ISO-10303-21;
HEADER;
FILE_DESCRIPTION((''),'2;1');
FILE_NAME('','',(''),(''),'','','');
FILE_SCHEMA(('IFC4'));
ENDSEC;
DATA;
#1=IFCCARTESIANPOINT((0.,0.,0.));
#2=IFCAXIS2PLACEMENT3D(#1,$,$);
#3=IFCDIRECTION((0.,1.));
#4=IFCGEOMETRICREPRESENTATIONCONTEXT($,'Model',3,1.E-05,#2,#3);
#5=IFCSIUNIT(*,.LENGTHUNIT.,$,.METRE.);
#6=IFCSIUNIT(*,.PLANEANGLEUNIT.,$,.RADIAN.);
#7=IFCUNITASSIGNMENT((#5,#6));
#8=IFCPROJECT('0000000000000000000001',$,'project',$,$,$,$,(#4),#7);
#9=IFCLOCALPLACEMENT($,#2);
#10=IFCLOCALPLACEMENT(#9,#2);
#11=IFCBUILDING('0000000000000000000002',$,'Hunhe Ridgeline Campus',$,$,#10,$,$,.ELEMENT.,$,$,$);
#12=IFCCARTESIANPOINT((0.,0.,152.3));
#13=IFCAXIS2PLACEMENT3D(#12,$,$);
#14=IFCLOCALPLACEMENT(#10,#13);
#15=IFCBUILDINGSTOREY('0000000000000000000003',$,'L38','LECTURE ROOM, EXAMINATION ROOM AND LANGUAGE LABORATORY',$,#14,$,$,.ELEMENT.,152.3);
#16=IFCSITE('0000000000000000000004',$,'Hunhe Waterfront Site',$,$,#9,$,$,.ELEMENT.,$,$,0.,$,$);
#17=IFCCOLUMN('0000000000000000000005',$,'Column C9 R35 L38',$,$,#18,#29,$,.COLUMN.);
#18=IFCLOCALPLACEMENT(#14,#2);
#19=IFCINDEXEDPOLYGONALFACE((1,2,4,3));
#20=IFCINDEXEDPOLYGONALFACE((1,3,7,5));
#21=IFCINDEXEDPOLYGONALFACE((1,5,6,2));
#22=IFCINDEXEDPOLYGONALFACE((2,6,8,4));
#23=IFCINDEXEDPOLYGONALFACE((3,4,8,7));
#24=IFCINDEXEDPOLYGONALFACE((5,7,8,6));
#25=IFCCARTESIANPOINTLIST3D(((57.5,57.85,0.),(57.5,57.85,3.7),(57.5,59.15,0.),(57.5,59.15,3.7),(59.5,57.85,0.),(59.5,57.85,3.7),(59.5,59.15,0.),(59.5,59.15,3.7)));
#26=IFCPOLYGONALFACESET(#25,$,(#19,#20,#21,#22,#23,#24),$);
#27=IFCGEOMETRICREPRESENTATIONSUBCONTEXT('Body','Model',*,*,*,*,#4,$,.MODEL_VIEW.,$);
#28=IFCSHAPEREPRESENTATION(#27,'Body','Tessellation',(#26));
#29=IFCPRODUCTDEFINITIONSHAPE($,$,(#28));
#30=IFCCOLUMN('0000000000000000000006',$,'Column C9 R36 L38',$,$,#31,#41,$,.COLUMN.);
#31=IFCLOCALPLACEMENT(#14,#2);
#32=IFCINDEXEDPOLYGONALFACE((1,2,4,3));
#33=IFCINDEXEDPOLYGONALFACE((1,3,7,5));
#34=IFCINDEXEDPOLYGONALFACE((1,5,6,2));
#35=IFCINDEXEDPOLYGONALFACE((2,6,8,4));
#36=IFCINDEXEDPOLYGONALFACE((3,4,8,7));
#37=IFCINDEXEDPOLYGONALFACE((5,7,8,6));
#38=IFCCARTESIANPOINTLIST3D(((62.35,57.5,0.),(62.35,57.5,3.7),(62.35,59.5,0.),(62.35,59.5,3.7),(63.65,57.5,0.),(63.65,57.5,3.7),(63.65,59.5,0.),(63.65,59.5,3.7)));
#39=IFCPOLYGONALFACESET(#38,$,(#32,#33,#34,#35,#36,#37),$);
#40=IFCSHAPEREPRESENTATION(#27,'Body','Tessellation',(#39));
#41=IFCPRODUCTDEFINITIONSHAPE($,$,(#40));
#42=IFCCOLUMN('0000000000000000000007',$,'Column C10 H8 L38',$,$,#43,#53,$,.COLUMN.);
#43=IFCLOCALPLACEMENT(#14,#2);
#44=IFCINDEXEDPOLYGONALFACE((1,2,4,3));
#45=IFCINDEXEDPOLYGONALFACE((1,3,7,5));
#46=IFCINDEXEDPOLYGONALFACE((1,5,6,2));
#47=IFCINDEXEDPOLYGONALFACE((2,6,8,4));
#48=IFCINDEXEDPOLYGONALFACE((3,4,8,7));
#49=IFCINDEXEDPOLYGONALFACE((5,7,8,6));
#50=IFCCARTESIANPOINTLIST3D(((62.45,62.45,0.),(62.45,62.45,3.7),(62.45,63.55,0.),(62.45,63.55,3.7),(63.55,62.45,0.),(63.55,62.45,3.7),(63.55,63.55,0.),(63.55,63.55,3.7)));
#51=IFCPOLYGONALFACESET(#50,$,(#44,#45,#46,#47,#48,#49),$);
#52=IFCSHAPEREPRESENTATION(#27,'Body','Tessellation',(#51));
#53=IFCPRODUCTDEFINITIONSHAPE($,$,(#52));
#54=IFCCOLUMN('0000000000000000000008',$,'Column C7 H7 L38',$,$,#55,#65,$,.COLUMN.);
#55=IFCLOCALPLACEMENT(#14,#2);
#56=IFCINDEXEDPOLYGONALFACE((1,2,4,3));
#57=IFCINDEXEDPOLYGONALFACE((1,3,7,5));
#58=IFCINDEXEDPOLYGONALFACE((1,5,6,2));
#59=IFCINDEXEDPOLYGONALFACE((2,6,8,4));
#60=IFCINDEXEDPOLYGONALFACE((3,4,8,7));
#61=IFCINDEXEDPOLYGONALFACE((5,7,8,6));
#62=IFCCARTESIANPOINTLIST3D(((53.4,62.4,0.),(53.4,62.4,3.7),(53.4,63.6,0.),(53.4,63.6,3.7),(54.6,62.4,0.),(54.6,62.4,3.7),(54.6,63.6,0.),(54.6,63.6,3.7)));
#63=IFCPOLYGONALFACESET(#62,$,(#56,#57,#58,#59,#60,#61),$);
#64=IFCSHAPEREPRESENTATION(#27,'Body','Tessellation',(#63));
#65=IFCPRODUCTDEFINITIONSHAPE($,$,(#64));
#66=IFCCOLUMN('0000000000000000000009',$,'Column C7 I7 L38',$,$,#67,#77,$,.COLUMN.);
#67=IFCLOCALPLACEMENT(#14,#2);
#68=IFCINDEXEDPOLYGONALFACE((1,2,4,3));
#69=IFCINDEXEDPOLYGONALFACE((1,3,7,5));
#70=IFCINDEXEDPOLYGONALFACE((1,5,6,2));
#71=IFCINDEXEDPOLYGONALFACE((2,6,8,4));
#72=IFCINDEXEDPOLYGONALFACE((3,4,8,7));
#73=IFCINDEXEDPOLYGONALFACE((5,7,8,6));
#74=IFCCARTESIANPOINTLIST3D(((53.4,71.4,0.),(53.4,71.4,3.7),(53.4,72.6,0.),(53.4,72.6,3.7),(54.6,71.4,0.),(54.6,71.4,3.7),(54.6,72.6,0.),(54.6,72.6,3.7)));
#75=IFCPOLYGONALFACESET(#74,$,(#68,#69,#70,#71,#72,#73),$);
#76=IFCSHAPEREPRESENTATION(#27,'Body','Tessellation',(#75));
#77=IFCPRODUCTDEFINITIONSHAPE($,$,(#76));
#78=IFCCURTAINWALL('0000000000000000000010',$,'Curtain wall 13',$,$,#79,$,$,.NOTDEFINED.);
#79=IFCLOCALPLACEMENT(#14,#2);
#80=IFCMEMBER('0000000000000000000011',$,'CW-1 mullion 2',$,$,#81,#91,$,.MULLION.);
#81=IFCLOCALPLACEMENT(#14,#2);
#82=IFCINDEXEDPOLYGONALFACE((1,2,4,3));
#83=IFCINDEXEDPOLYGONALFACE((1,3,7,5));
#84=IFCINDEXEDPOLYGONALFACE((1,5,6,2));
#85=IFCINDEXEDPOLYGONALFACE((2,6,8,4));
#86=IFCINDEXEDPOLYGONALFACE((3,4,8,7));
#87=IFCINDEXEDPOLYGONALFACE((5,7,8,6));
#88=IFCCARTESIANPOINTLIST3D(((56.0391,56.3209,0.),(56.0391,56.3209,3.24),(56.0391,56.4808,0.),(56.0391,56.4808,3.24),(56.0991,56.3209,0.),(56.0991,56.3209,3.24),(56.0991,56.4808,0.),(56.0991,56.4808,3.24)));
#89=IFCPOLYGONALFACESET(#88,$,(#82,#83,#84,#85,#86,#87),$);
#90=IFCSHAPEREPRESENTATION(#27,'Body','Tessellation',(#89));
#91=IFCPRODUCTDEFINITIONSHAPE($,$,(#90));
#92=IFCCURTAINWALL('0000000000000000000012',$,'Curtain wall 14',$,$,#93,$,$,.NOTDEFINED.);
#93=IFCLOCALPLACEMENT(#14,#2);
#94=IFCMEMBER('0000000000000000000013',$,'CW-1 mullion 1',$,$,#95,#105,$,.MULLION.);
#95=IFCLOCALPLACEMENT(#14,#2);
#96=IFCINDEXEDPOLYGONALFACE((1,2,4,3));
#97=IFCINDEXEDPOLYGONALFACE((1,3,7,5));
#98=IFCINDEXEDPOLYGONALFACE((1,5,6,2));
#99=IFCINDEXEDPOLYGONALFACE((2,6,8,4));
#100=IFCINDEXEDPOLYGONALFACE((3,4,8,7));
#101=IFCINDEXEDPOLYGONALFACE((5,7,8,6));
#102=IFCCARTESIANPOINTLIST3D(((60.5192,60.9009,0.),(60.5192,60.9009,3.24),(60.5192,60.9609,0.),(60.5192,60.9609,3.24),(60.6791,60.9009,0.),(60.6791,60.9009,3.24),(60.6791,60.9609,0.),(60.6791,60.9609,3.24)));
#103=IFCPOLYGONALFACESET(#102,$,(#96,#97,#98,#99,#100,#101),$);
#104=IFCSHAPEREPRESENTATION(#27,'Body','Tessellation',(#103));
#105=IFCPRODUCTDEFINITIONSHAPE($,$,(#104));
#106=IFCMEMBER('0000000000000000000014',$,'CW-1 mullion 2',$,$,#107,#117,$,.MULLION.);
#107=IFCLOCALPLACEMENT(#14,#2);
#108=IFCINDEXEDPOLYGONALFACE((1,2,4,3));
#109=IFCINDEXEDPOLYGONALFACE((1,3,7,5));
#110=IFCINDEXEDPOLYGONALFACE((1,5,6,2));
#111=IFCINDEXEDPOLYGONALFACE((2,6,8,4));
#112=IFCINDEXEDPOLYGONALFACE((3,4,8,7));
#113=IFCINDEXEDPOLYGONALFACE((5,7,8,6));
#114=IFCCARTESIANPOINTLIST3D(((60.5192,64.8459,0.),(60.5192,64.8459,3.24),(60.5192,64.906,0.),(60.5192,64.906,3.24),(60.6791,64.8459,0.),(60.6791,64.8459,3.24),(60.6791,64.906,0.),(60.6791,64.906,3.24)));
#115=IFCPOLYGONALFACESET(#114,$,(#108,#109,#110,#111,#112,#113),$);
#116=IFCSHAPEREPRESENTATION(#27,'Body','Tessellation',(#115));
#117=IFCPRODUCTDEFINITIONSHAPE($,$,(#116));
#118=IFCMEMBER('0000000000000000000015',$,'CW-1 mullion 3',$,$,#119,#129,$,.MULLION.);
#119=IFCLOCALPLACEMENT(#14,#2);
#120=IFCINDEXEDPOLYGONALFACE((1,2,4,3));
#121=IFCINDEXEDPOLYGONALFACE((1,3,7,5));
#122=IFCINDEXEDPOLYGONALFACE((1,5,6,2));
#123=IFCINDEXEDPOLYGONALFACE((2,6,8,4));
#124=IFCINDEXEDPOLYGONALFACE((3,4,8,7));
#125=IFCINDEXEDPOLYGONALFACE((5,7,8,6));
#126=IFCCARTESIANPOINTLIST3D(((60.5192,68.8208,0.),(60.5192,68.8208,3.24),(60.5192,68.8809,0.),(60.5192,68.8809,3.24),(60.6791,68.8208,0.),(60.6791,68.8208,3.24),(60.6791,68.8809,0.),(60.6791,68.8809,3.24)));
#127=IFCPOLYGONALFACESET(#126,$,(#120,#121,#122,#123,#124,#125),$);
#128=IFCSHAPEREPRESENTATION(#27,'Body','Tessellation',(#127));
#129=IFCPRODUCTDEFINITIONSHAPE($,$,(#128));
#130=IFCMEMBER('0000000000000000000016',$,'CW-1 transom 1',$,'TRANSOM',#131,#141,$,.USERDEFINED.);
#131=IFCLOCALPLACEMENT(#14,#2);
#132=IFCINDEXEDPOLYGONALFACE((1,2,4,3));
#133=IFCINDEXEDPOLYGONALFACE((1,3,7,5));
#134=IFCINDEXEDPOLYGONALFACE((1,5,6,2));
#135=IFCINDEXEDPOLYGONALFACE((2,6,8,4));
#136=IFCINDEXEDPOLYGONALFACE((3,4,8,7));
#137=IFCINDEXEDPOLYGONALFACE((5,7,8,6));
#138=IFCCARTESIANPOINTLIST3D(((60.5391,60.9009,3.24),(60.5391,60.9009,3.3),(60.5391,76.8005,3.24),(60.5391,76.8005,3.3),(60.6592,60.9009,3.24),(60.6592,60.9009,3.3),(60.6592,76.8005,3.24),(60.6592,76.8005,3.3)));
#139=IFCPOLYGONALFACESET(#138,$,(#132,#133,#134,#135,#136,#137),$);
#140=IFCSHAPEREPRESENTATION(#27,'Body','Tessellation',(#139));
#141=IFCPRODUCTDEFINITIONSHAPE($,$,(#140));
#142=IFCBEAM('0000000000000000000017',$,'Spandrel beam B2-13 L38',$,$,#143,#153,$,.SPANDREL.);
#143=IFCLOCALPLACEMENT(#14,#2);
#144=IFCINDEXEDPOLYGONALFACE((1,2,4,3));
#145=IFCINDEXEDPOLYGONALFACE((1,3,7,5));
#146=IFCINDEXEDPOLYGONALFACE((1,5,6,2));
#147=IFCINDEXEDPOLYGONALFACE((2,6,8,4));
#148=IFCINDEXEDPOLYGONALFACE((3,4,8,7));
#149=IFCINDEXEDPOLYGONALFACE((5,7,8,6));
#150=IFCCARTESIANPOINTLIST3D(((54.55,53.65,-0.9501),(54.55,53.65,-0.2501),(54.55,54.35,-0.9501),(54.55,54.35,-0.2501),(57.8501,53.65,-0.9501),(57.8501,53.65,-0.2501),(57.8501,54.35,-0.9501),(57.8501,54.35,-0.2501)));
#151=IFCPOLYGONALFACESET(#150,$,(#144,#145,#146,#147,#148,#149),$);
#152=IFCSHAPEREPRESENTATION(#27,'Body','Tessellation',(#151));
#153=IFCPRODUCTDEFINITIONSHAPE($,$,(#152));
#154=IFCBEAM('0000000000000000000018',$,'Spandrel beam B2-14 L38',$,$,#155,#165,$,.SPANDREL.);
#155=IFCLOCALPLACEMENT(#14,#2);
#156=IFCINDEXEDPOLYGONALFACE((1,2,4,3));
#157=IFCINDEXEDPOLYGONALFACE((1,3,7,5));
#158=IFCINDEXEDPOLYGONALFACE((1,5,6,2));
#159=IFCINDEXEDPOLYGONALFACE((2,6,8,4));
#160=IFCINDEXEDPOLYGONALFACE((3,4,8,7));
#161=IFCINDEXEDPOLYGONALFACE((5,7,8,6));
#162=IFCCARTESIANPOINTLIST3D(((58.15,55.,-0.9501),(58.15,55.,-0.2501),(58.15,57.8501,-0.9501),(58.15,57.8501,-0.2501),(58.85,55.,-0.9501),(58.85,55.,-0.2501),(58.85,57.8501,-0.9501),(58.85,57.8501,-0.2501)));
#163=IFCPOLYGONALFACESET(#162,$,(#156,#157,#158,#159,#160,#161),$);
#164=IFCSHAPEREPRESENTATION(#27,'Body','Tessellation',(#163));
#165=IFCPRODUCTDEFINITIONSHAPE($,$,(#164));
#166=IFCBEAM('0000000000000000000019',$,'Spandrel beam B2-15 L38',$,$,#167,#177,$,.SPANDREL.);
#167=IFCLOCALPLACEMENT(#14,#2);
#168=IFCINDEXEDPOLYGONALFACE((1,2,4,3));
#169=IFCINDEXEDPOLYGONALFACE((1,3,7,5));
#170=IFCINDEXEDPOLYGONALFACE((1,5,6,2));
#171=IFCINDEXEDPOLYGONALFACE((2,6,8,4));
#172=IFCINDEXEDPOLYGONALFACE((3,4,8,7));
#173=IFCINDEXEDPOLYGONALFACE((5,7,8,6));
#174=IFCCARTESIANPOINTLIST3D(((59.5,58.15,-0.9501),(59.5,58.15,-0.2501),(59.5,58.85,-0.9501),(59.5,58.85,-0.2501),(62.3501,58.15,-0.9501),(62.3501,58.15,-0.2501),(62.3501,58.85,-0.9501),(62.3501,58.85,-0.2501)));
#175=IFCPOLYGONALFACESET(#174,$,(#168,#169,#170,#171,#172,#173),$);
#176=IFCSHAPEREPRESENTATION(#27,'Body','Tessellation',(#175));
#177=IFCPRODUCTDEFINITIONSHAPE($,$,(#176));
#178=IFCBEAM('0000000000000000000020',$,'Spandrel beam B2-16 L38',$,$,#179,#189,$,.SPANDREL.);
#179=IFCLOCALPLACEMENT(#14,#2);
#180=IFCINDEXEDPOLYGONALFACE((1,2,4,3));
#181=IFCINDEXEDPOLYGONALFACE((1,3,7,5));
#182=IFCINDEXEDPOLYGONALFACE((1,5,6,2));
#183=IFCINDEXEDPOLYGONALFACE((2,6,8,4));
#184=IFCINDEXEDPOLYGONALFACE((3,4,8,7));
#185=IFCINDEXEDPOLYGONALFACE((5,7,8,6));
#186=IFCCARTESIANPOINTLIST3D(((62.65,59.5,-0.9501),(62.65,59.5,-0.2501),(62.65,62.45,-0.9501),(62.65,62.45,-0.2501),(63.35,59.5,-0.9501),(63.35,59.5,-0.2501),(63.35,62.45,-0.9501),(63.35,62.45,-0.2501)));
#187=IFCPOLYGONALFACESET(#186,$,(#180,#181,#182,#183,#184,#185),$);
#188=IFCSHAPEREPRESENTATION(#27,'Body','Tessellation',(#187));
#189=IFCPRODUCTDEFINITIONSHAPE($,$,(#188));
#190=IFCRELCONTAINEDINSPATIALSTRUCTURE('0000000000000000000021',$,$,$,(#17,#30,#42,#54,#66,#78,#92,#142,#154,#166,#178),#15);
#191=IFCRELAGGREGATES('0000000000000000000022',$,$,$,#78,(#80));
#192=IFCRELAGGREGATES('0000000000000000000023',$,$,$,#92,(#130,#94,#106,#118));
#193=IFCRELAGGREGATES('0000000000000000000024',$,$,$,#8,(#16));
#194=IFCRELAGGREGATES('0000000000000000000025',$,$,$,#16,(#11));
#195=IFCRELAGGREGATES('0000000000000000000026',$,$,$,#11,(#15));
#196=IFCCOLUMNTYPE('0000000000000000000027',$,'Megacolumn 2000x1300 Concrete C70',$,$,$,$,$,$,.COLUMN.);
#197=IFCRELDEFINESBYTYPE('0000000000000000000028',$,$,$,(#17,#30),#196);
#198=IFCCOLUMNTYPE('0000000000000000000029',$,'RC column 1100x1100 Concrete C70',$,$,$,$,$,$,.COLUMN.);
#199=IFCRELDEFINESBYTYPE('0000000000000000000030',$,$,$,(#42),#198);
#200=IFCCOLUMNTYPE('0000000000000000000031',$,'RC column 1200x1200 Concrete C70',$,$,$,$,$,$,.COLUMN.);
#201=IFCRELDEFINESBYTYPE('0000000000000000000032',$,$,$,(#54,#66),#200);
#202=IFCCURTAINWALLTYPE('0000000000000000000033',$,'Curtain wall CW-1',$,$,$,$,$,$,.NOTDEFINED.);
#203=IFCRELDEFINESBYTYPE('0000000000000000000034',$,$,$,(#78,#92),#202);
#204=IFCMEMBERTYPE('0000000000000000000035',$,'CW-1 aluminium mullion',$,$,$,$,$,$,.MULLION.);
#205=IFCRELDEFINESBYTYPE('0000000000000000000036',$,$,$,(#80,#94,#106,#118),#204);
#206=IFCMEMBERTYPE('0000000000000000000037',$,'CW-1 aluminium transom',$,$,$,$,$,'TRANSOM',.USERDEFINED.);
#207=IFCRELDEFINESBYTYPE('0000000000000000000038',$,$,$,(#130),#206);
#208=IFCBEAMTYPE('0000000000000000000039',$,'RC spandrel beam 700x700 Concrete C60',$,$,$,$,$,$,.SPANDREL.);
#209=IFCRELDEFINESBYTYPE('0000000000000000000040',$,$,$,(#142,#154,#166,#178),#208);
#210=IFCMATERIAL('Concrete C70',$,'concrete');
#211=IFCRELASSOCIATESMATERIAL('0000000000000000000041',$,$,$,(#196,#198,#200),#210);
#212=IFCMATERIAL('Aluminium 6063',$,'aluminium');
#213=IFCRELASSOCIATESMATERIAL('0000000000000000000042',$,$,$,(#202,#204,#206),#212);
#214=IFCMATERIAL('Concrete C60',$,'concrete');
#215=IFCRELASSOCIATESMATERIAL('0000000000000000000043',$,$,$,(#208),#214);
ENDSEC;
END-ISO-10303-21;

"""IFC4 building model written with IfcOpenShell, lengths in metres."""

from ifc_helpers import new_model, si_unit, direction, frame, origin, origin_2d, place, context, subcontext, project, spatial, rectangle, extrude, material, material_profile, profile_set, type_object, element, aggregate, save


model = new_model("IFC4")

# Units and contexts
model_context = context("Model", 3, precision=1e-05, world=origin(), true_north=direction((0.0, 1.0)))
body_context = subcontext(model_context, "Body", "Model", "MODEL_VIEW")
ifc_project = project(units=[si_unit("LENGTHUNIT", "METRE"), si_unit("PLANEANGLEUNIT", "RADIAN")], contexts=[model_context])

# Site, building, storey
site_placement = place(None, origin())
site = spatial("IfcSite", under=ifc_project, at=site_placement, Name="Hunhe Waterfront Site", CompositionType="ELEMENT", RefElevation=0.0)
building_placement = place(site_placement, origin())
building = spatial("IfcBuilding", under=site, at=building_placement, Name="Hunhe Ridgeline Campus", CompositionType="ELEMENT")
storey_placement = place(building_placement, frame((0.0, 0.0, 152.3)))
storey = spatial("IfcBuildingStorey", under=building, at=storey_placement, Name="L38", Description="LECTURE ROOM, EXAMINATION ROOM AND LANGUAGE LABORATORY", CompositionType="ELEMENT", Elevation=152.3)

# Columns
ifc_material_1 = material(Name="Concrete C70", Category="concrete")
ifc_material_profile_1 = material_profile(ifc_material_1, rectangle(XDim=2.0, YDim=1.3, at=origin_2d()))
ifc_profile_set_1 = profile_set([ifc_material_profile_1], Name="Concrete C70")
column_type_1 = type_object("IfcColumnType", Name="Megacolumn 2000x1300 Concrete C70", PredefinedType="COLUMN", material=ifc_profile_set_1)
for number, where, z_axis, x_axis, name in (
    (1, (58.5, 58.5, 0.0), (0.0, 0.0, 1.0), (1.0, 0.0, 0.0), "Column C9 R35 L38"),
    (2, (63.0, 58.5, 0.0), (0.0, 0.0, 1.0), (0.0, 1.0, 0.0), "Column C9 R36 L38"),
):
    element("IfcColumn", number, at=place(storey_placement, frame(where, z_axis=z_axis, x_axis=x_axis)), inside=storey, type_object=column_type_1, Name=name, PredefinedType="COLUMN", context=body_context, shape_type="SweptSolid", body=[
        extrude(rectangle(XDim=2.0, YDim=1.3, at=origin_2d()), origin(), (0.0, 0.0, 1.0), 3.7),
    ])
ifc_material_profile_2 = material_profile(ifc_material_1, rectangle(XDim=1.1001, YDim=1.1001, at=origin_2d()))
ifc_profile_set_2 = profile_set([ifc_material_profile_2], Name="Concrete C70")
column_type_2 = type_object("IfcColumnType", Name="RC column 1100x1100 Concrete C70", PredefinedType="COLUMN", material=ifc_profile_set_2)
column_placement = place(storey_placement, frame((63.0, 63.0, 0.0), z_axis=(0.0, 0.0, 1.0), x_axis=(1.0, 0.0, 0.0)))
element("IfcColumn", 3, at=column_placement, inside=storey, type_object=column_type_2, Name="Column C10 H8 L38", PredefinedType="COLUMN", context=body_context, shape_type="SweptSolid", body=[
    extrude(rectangle(XDim=1.1001, YDim=1.1001, at=origin_2d()), origin(), (0.0, 0.0, 1.0), 3.7),
])
ifc_material_profile_3 = material_profile(ifc_material_1, rectangle(XDim=1.2, YDim=1.2, at=origin_2d()))
ifc_profile_set_3 = profile_set([ifc_material_profile_3], Name="Concrete C70")
column_type_3 = type_object("IfcColumnType", Name="RC column 1200x1200 Concrete C70", PredefinedType="COLUMN", material=ifc_profile_set_3)
for number, where, z_axis, x_axis, name in (
    (4, (54.0, 63.0, 0.0), (0.0, 0.0, 1.0), (1.0, 0.0, 0.0), "Column C7 H7 L38"),
    (5, (54.0, 72.0, 0.0), (0.0, 0.0, 1.0), (1.0, 0.0, 0.0), "Column C7 I7 L38"),
):
    element("IfcColumn", number, at=place(storey_placement, frame(where, z_axis=z_axis, x_axis=x_axis)), inside=storey, type_object=column_type_3, Name=name, PredefinedType="COLUMN", context=body_context, shape_type="SweptSolid", body=[
        extrude(rectangle(XDim=1.2, YDim=1.2, at=origin_2d()), origin(), (0.0, 0.0, 1.0), 3.7),
    ])

# Curtain wall, member
ifc_material_2 = material(Name="Aluminium 6063", Category="aluminium")
curtain_wall_type = type_object("IfcCurtainWallType", Name="Curtain wall CW-1", PredefinedType="NOTDEFINED", material=ifc_material_2)
curtain_wall_1_placement = place(storey_placement, origin())
curtain_wall_1 = element("IfcCurtainWall", 6, at=curtain_wall_1_placement, inside=storey, type_object=curtain_wall_type, Name="Curtain wall 13", PredefinedType="NOTDEFINED")
ifc_material_profile_4 = material_profile(ifc_material_2, rectangle(XDim=0.1599, YDim=0.0601, at=origin_2d()))
ifc_profile_set_4 = profile_set([ifc_material_profile_4], Name="Aluminium 6063")
member_type_1 = type_object("IfcMemberType", Name="CW-1 aluminium mullion", PredefinedType="MULLION", material=ifc_profile_set_4)
member_1_placement = place(storey_placement, frame((56.0691, 56.4009, 0.0), z_axis=(0.0, 0.0, 1.0), x_axis=(-0.000002, 1.0, 0.0)))
member_1 = element("IfcMember", 7, at=member_1_placement, type_object=member_type_1, Name="CW-1 mullion 2", PredefinedType="MULLION", context=body_context, shape_type="SweptSolid", body=[
    extrude(rectangle(XDim=0.1599, YDim=0.0601, at=origin_2d()), origin(), (0.0, 0.0, 1.0), 3.24),
])
aggregate(curtain_wall_1, [member_1])

# Curtain wall, members
curtain_wall_2_placement = place(storey_placement, origin())
curtain_wall_2 = element("IfcCurtainWall", 8, at=curtain_wall_2_placement, inside=storey, type_object=curtain_wall_type, Name="Curtain wall 14", PredefinedType="NOTDEFINED")
member_2_placement = place(storey_placement, frame((60.5991, 60.9309, 0.0), z_axis=(0.0, 0.0, 1.0), x_axis=(-1.0, 0.0, 0.0)))
member_2 = element("IfcMember", 9, at=member_2_placement, type_object=member_type_1, Name="CW-1 mullion 1", PredefinedType="MULLION", context=body_context, shape_type="SweptSolid", body=[
    extrude(rectangle(XDim=0.1599, YDim=0.0601, at=origin_2d()), origin(), (0.0, 0.0, 1.0), 3.24),
])
member_3_placement = place(storey_placement, frame((60.5991, 64.876, 0.0), z_axis=(0.0, 0.0, 1.0), x_axis=(-1.0, 0.0, 0.0)))
member_3 = element("IfcMember", 10, at=member_3_placement, type_object=member_type_1, Name="CW-1 mullion 2", PredefinedType="MULLION", context=body_context, shape_type="SweptSolid", body=[
    extrude(rectangle(XDim=0.1599, YDim=0.0601, at=origin_2d()), origin(), (0.0, 0.0, 1.0), 3.24),
])
member_4_placement = place(storey_placement, frame((60.5991, 68.8508, 0.0), z_axis=(0.0, 0.0, 1.0), x_axis=(-1.0, 0.0, 0.0)))
member_4 = element("IfcMember", 11, at=member_4_placement, type_object=member_type_1, Name="CW-1 mullion 3", PredefinedType="MULLION", context=body_context, shape_type="SweptSolid", body=[
    extrude(rectangle(XDim=0.1599, YDim=0.0601, at=origin_2d()), origin(), (0.0, 0.0, 1.0), 3.24),
])
ifc_material_profile_5 = material_profile(ifc_material_2, rectangle(XDim=0.1201, YDim=0.0601, at=origin_2d()))
ifc_profile_set_5 = profile_set([ifc_material_profile_5], Name="Aluminium 6063")
member_type_2 = type_object("IfcMemberType", Name="CW-1 aluminium transom", ElementType="TRANSOM", PredefinedType="USERDEFINED", material=ifc_profile_set_5)
member_5_placement = place(storey_placement, frame((60.5991, 60.9009, 3.27), z_axis=(0.0, 1.0, 0.0), x_axis=(-1.0, 0.0, 0.0)))
member_5 = element("IfcMember", 12, at=member_5_placement, type_object=member_type_2, Name="CW-1 transom 1", ObjectType="TRANSOM", PredefinedType="USERDEFINED", context=body_context, shape_type="SweptSolid", body=[
    extrude(rectangle(XDim=0.1201, YDim=0.0601, at=origin_2d()), origin(), (0.0, 0.0, 1.0), 15.8997),
])

# Beams
ifc_material_3 = material(Name="Concrete C60", Category="concrete")
ifc_material_profile_6 = material_profile(ifc_material_3, rectangle(XDim=0.7, YDim=0.7, at=origin_2d()))
ifc_profile_set_6 = profile_set([ifc_material_profile_6], Name="Concrete C60")
beam_type = type_object("IfcBeamType", Name="RC spandrel beam 700x700 Concrete C60", PredefinedType="SPANDREL", material=ifc_profile_set_6)
beam_1_placement = place(storey_placement, frame((54.55, 54.0, -0.6001), z_axis=(1.0, 0.0, 0.0), x_axis=(0.0, 1.0, 0.0)))
element("IfcBeam", 13, at=beam_1_placement, inside=storey, type_object=beam_type, Name="Spandrel beam B2-13 L38", PredefinedType="SPANDREL", context=body_context, shape_type="SweptSolid", body=[
    extrude(rectangle(XDim=0.7, YDim=0.7, at=origin_2d()), origin(), (0.0, 0.0, 1.0), 3.3),
])
for number, where, z_axis, x_axis, name in (
    (14, (58.5, 55.0, -0.6001), (0.0, 1.0, 0.0), (-1.0, 0.0, 0.0), "Spandrel beam B2-14 L38"),
    (15, (59.5, 58.5, -0.6001), (1.0, 0.0, 0.0), (0.0, 1.0, 0.0), "Spandrel beam B2-15 L38"),
):
    element("IfcBeam", number, at=place(storey_placement, frame(where, z_axis=z_axis, x_axis=x_axis)), inside=storey, type_object=beam_type, Name=name, PredefinedType="SPANDREL", context=body_context, shape_type="SweptSolid", body=[
        extrude(rectangle(XDim=0.7, YDim=0.7, at=origin_2d()), origin(), (0.0, 0.0, 1.0), 2.8501),
    ])
beam_2_placement = place(storey_placement, frame((63.0, 59.5, -0.6001), z_axis=(0.0, 1.0, 0.0), x_axis=(-1.0, 0.0, 0.0)))
element("IfcBeam", 16, at=beam_2_placement, inside=storey, type_object=beam_type, Name="Spandrel beam B2-16 L38", PredefinedType="SPANDREL", context=body_context, shape_type="SweptSolid", body=[
    extrude(rectangle(XDim=0.7, YDim=0.7, at=origin_2d()), origin(), (0.0, 0.0, 1.0), 2.95),
])

aggregate(curtain_wall_2, [member_5, member_2, member_3, member_4])

save(model, "model.ifc")
